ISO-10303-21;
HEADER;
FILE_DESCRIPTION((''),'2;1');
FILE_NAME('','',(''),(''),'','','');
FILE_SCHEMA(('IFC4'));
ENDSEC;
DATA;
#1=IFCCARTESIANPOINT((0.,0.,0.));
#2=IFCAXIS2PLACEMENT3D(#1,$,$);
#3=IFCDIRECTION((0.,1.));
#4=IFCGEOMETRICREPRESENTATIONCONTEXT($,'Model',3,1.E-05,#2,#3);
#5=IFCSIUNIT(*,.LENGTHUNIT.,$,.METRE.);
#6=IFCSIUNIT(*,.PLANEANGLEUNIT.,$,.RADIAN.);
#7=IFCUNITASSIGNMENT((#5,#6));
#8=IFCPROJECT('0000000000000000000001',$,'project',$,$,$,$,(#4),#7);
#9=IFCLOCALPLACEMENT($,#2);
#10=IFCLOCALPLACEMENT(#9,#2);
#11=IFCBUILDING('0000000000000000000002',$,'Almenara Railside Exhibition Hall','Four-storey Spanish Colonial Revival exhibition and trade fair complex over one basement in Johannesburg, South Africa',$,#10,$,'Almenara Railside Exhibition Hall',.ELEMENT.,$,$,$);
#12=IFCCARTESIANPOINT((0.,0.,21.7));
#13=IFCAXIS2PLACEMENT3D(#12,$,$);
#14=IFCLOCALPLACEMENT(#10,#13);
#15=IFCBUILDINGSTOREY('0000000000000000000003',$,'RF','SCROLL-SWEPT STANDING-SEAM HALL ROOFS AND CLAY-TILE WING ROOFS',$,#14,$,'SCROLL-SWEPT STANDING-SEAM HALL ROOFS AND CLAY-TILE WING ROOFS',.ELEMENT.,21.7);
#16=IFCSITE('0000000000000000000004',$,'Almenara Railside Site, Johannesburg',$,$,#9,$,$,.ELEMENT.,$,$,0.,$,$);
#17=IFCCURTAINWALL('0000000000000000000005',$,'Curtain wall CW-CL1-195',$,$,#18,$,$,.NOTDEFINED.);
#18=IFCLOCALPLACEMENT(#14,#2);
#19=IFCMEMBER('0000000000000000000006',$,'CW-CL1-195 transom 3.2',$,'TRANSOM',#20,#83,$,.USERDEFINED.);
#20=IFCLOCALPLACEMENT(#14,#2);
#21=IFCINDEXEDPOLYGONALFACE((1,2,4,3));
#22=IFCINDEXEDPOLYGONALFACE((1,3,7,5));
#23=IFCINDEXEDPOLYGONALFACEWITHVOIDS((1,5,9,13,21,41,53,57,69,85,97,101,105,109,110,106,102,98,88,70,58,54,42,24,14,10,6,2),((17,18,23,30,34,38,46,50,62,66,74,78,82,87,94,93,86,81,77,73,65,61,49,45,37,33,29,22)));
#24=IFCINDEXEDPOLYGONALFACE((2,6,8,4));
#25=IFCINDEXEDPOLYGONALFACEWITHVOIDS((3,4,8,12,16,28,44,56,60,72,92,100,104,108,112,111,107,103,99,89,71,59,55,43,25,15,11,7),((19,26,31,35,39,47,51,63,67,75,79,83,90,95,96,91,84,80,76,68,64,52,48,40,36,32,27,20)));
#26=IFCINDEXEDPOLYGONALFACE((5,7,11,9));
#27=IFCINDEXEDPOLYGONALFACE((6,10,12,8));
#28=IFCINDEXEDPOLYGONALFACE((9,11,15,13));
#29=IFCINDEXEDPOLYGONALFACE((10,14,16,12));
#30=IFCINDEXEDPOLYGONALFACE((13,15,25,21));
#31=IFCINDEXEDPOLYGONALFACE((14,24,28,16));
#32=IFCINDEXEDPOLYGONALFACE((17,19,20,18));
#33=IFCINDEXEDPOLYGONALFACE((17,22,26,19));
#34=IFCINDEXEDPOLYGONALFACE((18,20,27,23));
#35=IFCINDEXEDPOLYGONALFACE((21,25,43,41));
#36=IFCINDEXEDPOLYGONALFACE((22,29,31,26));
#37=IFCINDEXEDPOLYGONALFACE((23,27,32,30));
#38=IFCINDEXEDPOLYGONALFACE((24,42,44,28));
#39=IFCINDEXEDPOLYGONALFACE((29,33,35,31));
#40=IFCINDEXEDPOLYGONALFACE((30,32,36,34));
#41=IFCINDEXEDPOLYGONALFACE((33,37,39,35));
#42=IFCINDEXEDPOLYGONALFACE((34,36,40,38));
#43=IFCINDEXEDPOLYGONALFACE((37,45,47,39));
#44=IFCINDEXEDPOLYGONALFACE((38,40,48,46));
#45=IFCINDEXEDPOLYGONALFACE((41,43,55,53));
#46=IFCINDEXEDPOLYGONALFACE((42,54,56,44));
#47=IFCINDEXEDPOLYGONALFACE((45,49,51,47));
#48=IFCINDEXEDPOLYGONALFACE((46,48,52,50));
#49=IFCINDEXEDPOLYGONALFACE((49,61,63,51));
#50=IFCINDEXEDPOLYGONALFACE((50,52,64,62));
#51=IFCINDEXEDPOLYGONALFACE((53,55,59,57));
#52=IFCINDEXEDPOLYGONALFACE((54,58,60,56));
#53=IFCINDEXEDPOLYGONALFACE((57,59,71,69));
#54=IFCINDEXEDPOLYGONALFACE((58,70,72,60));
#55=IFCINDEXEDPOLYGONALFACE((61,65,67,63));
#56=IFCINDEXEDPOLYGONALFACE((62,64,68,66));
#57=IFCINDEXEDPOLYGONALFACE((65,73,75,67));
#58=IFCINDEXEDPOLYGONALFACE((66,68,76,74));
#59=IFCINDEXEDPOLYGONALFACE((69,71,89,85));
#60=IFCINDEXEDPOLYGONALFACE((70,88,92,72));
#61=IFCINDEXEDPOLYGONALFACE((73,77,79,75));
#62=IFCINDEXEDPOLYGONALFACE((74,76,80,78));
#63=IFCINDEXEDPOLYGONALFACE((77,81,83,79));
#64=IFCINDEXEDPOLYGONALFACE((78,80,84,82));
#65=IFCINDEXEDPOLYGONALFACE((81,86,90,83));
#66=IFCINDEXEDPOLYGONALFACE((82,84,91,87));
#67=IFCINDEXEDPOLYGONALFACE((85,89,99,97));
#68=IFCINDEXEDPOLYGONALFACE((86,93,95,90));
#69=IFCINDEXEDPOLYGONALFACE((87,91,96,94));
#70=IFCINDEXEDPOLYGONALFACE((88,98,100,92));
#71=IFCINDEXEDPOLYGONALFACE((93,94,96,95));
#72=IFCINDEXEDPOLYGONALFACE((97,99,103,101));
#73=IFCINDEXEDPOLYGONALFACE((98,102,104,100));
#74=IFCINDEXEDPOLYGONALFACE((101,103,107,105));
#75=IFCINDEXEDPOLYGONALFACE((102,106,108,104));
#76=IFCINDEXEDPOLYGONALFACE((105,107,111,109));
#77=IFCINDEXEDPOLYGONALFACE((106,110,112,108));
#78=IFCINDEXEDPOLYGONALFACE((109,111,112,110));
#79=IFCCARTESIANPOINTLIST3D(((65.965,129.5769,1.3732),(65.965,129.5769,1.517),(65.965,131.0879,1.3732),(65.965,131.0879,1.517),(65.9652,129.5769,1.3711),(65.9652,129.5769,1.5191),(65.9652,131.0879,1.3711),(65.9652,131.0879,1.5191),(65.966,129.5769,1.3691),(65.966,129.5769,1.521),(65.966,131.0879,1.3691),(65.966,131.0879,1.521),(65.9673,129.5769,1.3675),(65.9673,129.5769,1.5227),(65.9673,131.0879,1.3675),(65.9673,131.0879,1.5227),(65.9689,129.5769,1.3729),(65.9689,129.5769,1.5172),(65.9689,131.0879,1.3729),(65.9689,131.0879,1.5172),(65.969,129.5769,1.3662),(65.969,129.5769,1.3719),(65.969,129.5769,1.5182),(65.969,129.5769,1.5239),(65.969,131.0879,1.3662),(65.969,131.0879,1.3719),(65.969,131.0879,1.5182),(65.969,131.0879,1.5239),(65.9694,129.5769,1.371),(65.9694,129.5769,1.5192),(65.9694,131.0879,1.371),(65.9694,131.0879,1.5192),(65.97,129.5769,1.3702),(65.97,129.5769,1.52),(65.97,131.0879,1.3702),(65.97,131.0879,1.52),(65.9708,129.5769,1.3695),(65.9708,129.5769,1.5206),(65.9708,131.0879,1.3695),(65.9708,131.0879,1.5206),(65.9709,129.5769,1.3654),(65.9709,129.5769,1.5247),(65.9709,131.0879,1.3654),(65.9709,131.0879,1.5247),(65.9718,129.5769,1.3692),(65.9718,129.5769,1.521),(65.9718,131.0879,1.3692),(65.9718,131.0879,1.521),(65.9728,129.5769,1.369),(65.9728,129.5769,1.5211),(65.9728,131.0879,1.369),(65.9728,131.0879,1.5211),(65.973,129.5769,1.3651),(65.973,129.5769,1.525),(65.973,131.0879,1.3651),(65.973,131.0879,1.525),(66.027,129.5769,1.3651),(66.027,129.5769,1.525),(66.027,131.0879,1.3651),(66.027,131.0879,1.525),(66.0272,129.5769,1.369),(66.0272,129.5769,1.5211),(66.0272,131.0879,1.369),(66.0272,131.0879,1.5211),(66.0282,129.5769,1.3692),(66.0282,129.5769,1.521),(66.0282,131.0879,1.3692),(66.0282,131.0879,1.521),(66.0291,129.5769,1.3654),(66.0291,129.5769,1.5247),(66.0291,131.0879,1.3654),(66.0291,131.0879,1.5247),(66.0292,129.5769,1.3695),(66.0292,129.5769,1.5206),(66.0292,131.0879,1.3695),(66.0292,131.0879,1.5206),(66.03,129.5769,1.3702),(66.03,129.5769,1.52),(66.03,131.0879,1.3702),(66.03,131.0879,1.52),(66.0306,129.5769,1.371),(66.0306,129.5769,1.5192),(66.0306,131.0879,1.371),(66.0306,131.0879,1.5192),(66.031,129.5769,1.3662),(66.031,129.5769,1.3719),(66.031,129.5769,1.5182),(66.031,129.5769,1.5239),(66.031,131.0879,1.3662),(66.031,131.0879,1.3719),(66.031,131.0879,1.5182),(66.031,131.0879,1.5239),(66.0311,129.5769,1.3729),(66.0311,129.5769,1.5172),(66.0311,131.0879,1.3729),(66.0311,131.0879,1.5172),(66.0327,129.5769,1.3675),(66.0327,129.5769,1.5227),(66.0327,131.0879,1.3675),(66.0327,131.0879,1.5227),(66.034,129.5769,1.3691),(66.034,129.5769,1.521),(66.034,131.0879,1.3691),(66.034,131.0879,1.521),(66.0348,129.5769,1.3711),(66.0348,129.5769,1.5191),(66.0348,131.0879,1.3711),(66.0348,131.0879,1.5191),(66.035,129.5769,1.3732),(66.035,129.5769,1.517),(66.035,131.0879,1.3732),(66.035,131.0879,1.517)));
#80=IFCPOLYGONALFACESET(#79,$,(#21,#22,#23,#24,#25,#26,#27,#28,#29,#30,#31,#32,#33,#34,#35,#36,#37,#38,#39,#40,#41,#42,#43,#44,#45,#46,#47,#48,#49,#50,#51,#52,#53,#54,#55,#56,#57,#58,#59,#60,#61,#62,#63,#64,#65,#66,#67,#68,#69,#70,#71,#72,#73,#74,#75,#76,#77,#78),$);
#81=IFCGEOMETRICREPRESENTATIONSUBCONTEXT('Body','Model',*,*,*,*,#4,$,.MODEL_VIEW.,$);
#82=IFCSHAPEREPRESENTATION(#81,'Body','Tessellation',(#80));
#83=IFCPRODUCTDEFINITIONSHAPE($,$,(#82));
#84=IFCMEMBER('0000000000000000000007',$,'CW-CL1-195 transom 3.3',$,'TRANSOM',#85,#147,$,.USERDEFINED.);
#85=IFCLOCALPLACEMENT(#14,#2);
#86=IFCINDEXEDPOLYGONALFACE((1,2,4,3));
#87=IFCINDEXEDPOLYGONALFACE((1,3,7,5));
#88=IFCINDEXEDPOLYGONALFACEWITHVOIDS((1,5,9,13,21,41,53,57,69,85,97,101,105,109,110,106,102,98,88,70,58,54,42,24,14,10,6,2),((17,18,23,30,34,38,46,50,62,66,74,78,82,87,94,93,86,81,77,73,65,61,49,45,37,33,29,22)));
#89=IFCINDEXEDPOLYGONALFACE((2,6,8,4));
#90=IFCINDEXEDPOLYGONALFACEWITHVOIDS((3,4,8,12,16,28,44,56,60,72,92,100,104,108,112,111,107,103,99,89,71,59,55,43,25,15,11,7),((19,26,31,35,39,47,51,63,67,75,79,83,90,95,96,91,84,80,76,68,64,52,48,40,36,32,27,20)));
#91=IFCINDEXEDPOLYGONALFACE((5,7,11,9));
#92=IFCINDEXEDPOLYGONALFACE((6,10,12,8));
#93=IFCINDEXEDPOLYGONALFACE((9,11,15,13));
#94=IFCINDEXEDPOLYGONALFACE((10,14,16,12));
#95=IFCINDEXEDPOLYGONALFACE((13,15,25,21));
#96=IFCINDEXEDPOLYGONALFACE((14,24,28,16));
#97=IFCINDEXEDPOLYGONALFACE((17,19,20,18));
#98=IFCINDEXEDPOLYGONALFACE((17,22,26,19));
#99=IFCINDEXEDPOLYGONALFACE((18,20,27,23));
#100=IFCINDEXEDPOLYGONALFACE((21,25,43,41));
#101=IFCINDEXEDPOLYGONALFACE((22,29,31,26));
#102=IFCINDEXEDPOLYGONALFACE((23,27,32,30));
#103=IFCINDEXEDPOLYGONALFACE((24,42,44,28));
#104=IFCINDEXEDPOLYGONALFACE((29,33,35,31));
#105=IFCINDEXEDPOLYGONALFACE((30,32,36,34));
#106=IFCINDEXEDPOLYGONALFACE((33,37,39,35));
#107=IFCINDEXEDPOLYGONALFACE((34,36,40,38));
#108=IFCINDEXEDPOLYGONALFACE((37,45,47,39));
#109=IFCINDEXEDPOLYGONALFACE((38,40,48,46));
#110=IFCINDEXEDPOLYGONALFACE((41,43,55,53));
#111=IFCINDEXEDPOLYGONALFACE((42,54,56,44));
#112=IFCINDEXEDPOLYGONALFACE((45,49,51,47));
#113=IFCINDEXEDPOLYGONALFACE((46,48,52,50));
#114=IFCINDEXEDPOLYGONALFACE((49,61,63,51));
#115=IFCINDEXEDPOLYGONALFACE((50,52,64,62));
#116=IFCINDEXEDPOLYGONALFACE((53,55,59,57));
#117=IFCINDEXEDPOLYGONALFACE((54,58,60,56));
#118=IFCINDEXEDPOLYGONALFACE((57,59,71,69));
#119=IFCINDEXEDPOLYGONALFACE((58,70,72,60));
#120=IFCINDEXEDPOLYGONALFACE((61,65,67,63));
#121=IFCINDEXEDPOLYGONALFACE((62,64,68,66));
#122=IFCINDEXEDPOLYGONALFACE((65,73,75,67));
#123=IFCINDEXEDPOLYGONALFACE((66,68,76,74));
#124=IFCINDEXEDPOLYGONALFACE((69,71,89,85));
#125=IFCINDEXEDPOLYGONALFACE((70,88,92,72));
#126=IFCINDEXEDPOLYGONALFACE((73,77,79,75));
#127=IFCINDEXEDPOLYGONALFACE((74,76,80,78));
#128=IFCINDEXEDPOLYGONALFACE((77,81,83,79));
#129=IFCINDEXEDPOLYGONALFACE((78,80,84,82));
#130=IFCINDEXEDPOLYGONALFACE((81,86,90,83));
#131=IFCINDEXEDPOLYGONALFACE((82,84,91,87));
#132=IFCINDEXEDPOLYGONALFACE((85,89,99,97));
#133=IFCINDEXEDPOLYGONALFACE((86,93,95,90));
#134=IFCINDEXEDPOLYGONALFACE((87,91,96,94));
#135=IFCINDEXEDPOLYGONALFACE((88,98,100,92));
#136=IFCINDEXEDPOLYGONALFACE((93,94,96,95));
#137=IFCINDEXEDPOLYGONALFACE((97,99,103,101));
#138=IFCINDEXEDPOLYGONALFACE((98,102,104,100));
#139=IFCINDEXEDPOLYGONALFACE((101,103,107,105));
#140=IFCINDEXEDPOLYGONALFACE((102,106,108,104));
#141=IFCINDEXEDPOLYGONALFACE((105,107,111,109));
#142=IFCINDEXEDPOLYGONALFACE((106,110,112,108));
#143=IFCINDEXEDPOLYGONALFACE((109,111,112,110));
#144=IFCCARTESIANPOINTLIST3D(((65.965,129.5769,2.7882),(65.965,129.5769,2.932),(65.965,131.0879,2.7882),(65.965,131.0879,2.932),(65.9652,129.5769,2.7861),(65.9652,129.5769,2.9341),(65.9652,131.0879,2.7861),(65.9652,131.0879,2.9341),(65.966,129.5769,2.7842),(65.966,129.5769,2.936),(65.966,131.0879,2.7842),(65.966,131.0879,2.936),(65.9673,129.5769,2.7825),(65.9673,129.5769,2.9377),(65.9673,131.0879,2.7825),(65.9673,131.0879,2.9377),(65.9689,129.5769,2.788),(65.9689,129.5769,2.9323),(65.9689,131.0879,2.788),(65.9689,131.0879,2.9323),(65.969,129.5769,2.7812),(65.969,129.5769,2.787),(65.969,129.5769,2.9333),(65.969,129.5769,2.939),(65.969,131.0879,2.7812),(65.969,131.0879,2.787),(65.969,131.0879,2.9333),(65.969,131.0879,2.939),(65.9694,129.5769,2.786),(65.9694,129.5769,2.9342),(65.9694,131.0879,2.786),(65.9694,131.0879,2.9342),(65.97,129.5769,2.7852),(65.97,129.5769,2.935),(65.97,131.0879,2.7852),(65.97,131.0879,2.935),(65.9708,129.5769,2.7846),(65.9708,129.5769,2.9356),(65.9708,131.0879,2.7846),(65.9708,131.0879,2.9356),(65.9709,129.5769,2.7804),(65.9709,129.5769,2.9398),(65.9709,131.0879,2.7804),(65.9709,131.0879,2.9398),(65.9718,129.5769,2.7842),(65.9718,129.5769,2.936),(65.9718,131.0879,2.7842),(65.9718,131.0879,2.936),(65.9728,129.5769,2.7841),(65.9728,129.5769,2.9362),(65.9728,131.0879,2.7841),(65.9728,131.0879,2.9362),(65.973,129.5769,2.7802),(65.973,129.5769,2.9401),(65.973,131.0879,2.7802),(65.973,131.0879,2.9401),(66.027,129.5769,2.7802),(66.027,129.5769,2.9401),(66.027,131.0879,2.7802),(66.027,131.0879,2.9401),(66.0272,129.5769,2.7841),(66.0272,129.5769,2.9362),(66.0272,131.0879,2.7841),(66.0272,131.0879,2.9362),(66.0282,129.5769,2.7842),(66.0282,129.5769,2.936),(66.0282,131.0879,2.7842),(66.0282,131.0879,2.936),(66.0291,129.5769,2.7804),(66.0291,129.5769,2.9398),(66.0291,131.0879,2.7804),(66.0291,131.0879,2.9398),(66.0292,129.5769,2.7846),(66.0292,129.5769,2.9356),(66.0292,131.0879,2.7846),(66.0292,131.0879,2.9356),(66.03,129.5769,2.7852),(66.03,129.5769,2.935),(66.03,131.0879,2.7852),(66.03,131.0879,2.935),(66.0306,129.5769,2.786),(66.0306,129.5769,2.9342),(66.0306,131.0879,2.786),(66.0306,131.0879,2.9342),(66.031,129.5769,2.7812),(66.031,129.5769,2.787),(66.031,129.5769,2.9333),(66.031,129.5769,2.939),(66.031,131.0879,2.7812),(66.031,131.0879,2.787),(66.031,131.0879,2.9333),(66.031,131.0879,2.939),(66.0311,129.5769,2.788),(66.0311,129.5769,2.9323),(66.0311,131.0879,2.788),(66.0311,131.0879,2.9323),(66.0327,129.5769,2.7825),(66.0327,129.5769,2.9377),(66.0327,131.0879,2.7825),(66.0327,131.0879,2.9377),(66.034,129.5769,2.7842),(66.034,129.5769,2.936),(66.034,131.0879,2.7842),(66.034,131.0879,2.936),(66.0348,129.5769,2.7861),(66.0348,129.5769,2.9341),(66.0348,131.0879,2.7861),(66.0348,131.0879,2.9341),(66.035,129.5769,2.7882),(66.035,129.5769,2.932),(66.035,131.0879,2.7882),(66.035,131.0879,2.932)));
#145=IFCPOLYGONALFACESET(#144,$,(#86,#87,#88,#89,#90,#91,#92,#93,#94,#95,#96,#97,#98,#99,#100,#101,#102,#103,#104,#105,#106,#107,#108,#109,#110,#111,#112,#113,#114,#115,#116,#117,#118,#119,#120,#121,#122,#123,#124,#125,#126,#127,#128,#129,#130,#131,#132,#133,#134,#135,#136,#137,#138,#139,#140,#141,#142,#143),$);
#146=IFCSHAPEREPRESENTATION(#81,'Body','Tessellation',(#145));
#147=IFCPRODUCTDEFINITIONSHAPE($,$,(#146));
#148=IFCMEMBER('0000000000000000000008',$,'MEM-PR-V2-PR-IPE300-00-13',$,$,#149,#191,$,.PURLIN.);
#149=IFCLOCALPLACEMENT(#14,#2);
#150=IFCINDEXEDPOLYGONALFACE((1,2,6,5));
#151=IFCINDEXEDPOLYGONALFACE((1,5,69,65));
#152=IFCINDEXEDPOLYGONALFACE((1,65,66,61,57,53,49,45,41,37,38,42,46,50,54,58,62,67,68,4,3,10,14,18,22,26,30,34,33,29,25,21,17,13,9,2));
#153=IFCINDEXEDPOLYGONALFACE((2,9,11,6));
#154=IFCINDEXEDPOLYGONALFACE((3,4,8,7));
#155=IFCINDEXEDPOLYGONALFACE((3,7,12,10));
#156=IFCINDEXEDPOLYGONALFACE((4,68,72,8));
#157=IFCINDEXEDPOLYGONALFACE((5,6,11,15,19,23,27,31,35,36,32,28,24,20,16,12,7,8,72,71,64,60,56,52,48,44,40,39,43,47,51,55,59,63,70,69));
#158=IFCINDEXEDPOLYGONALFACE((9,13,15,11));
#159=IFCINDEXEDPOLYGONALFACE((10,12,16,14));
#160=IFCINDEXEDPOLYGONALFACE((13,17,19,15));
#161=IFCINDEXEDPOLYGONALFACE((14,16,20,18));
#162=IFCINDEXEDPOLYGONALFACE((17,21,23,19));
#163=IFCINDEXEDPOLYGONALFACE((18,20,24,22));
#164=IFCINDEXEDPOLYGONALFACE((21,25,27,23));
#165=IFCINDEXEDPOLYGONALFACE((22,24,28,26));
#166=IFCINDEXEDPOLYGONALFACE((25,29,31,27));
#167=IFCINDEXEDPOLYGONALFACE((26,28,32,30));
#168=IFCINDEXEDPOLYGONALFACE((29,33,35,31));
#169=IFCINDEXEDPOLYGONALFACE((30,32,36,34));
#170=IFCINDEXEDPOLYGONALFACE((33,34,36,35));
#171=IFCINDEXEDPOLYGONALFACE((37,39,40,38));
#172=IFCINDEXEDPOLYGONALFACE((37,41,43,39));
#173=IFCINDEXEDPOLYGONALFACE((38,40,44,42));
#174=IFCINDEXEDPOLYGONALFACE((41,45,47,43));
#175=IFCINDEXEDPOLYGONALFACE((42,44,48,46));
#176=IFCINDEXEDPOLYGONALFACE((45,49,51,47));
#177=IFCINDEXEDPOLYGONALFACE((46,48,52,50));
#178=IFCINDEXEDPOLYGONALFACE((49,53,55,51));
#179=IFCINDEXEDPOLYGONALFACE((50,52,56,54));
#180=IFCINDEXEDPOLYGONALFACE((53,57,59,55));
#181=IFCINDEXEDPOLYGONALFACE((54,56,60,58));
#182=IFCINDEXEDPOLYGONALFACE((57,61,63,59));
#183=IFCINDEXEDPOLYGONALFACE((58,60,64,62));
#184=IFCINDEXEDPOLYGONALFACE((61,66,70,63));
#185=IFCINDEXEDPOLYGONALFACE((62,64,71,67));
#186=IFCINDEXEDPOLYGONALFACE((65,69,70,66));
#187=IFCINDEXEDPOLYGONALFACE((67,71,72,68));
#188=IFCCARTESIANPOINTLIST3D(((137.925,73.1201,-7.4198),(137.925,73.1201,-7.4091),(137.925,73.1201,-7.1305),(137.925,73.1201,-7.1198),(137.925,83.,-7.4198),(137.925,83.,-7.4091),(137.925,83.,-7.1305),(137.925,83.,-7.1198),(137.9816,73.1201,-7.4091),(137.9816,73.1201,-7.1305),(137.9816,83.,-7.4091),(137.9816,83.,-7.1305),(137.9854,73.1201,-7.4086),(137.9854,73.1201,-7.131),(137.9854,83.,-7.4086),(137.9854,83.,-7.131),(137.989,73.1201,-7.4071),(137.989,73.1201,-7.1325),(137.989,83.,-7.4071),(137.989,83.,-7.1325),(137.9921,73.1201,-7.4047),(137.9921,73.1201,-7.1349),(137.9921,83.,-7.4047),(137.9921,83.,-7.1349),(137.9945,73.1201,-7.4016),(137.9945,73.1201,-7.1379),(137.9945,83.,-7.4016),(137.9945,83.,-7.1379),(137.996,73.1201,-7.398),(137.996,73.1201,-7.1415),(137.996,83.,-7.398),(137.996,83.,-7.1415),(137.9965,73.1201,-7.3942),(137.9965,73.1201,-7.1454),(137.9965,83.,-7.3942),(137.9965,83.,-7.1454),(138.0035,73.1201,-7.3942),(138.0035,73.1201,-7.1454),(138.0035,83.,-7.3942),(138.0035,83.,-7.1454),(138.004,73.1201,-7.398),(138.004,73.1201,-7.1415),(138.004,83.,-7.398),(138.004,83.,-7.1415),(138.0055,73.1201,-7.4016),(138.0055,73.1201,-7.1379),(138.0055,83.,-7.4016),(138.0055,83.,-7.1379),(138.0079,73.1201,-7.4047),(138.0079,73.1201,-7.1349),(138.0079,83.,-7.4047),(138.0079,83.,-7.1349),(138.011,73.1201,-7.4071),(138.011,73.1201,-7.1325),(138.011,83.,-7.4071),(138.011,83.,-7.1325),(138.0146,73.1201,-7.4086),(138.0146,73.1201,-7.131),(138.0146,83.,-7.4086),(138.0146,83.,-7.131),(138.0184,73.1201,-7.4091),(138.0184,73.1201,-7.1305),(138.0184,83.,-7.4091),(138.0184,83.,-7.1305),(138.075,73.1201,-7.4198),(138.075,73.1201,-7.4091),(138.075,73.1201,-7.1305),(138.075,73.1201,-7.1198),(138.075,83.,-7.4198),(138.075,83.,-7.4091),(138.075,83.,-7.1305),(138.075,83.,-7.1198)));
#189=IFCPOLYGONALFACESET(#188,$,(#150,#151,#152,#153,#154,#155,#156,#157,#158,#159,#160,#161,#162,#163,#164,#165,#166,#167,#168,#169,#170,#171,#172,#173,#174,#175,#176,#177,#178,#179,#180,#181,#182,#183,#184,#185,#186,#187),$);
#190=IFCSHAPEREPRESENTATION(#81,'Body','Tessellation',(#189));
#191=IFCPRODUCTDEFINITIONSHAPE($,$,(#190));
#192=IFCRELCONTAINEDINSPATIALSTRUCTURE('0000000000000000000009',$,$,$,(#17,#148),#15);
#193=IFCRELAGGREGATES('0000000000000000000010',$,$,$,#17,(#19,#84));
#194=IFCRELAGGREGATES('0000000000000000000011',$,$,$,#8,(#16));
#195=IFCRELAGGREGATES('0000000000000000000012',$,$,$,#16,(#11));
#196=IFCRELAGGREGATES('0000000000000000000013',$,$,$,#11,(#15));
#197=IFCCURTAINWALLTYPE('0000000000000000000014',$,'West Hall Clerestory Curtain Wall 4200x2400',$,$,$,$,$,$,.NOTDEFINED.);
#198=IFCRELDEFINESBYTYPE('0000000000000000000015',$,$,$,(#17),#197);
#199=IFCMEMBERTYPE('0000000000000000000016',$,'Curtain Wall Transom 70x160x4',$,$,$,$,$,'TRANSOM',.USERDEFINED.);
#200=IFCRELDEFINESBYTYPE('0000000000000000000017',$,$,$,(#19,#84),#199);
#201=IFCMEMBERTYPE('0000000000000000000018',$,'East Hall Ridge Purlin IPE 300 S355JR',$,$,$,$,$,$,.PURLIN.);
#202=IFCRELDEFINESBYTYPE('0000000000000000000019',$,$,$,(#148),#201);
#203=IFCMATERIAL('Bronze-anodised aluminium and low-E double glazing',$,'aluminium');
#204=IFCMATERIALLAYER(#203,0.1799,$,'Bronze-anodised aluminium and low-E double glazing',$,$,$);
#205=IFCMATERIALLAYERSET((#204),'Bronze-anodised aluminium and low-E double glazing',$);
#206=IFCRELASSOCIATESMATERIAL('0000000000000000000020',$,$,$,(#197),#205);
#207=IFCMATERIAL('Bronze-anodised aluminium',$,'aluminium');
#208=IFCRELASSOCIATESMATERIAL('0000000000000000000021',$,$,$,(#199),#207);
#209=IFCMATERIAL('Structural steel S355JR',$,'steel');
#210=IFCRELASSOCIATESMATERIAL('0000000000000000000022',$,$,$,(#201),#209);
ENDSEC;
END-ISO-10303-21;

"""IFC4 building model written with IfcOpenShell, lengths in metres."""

from ifc_helpers import new_model, si_unit, direction, frame, origin, origin_2d, place, context, subcontext, project, spatial, hollow_rectangle, i_section, extrude, material, layer, layer_set, material_profile, profile_set, type_object, element, aggregate, save


model = new_model("IFC4")

# Units and contexts
model_context = context("Model", 3, precision=1e-05, world=origin(), true_north=direction((0.0, 1.0)))
body_context = subcontext(model_context, "Body", "Model", "MODEL_VIEW")
ifc_project = project(units=[si_unit("LENGTHUNIT", "METRE"), si_unit("PLANEANGLEUNIT", "RADIAN")], contexts=[model_context])

# Site, building, storey
site_placement = place(None, origin())
site = spatial("IfcSite", under=ifc_project, at=site_placement, Name="Almenara Railside Site, Johannesburg", CompositionType="ELEMENT", RefElevation=0.0)
building_placement = place(site_placement, origin())
building = spatial("IfcBuilding", under=site, at=building_placement, Name="Almenara Railside Exhibition Hall", Description="Four-storey Spanish Colonial Revival exhibition and trade fair complex over one basement in Johannesburg, South Africa", LongName="Almenara Railside Exhibition Hall", CompositionType="ELEMENT")
storey_placement = place(building_placement, frame((0.0, 0.0, 21.7)))
storey = spatial("IfcBuildingStorey", under=building, at=storey_placement, Name="RF", Description="SCROLL-SWEPT STANDING-SEAM HALL ROOFS AND CLAY-TILE WING ROOFS", LongName="SCROLL-SWEPT STANDING-SEAM HALL ROOFS AND CLAY-TILE WING ROOFS", CompositionType="ELEMENT", Elevation=21.7)

# Shared definitions
ifc_material_1 = material(Name="Structural steel S355JR", Category="steel")

# Curtain wall, members
ifc_material_2 = material(Name="Bronze-anodised aluminium and low-E double glazing", Category="aluminium")
ifc_layer_1 = layer(ifc_material_2, 0.1799, Name="Bronze-anodised aluminium and low-E double glazing")
ifc_layer_set_1 = layer_set([ifc_layer_1], Name="Bronze-anodised aluminium and low-E double glazing")
curtain_wall_type = type_object("IfcCurtainWallType", Name="West Hall Clerestory Curtain Wall 4200x2400", PredefinedType="NOTDEFINED", material=ifc_layer_set_1)
curtain_wall_placement = place(storey_placement, origin())
curtain_wall = element("IfcCurtainWall", 1, at=curtain_wall_placement, inside=storey, type_object=curtain_wall_type, Name="Curtain wall CW-CL1-195", PredefinedType="NOTDEFINED")
ifc_material_3 = material(Name="Bronze-anodised aluminium", Category="aluminium")
ifc_material_profile_1 = material_profile(ifc_material_3, hollow_rectangle(XDim=0.0701, YDim=0.1599, WallThickness=0.0039, InnerFilletRadius=0.0039, OuterFilletRadius=0.0081, at=origin_2d()), Name="ALU-TRN 70x160x4")
ifc_profile_set_1 = profile_set([ifc_material_profile_1], Name="Bronze-anodised aluminium")
member_type_1 = type_object("IfcMemberType", Name="Curtain Wall Transom 70x160x4", ElementType="TRANSOM", PredefinedType="USERDEFINED", material=ifc_profile_set_1)
member_1_placement = place(storey_placement, frame((66.0, 129.5769, 1.4451), z_axis=(0.0, 1.0, 0.0), x_axis=(-1.0, 0.0, 0.0)))
member_1 = element("IfcMember", 2, at=member_1_placement, type_object=member_type_1, Name="CW-CL1-195 transom 3.2", ObjectType="TRANSOM", PredefinedType="USERDEFINED", context=body_context, shape_type="SweptSolid", body=[
    extrude(hollow_rectangle(XDim=0.0701, YDim=0.1599, WallThickness=0.0039, InnerFilletRadius=0.0039, OuterFilletRadius=0.0081, at=origin_2d()), origin(), (0.0, 0.0, 1.0), 1.511),
])
member_2_placement = place(storey_placement, frame((66.0, 129.5769, 2.8601), z_axis=(0.0, 1.0, 0.0), x_axis=(-1.0, 0.0, 0.0)))
member_2 = element("IfcMember", 3, at=member_2_placement, type_object=member_type_1, Name="CW-CL1-195 transom 3.3", ObjectType="TRANSOM", PredefinedType="USERDEFINED", context=body_context, shape_type="SweptSolid", body=[
    extrude(hollow_rectangle(XDim=0.0701, YDim=0.1599, WallThickness=0.0039, InnerFilletRadius=0.0039, OuterFilletRadius=0.0081, at=origin_2d()), origin(), (0.0, 0.0, 1.0), 1.511),
])

# Member
ifc_material_profile_2 = material_profile(ifc_material_1, i_section(OverallWidth=0.1499, OverallDepth=0.3, WebThickness=0.0071, FlangeThickness=0.0107, FilletRadius=0.0149, at=origin_2d()), Name="IPE 300")
ifc_profile_set_2 = profile_set([ifc_material_profile_2], Name="Structural steel S355JR")
member_type_2 = type_object("IfcMemberType", Name="East Hall Ridge Purlin IPE 300 S355JR", PredefinedType="PURLIN", material=ifc_profile_set_2)
for number, where, z_axis, x_axis, name in (
    (4, (138.0, 73.1201, -7.2698), (0.0, 1.0, 0.0), (-1.0, 0.0, 0.0), "MEM-PR-V2-PR-IPE300-00-13"),
):
    element("IfcMember", number, at=place(storey_placement, frame(where, z_axis=z_axis, x_axis=x_axis)), inside=storey, type_object=member_type_2, Name=name, PredefinedType="PURLIN", context=body_context, shape_type="SweptSolid", body=[
        extrude(i_section(OverallWidth=0.1499, OverallDepth=0.3, WebThickness=0.0071, FlangeThickness=0.0107, FilletRadius=0.0149, at=origin_2d()), origin(), (0.0, 0.0, 1.0), 9.8799),
    ])

aggregate(curtain_wall, [member_1, member_2])

save(model, "model.ifc")
